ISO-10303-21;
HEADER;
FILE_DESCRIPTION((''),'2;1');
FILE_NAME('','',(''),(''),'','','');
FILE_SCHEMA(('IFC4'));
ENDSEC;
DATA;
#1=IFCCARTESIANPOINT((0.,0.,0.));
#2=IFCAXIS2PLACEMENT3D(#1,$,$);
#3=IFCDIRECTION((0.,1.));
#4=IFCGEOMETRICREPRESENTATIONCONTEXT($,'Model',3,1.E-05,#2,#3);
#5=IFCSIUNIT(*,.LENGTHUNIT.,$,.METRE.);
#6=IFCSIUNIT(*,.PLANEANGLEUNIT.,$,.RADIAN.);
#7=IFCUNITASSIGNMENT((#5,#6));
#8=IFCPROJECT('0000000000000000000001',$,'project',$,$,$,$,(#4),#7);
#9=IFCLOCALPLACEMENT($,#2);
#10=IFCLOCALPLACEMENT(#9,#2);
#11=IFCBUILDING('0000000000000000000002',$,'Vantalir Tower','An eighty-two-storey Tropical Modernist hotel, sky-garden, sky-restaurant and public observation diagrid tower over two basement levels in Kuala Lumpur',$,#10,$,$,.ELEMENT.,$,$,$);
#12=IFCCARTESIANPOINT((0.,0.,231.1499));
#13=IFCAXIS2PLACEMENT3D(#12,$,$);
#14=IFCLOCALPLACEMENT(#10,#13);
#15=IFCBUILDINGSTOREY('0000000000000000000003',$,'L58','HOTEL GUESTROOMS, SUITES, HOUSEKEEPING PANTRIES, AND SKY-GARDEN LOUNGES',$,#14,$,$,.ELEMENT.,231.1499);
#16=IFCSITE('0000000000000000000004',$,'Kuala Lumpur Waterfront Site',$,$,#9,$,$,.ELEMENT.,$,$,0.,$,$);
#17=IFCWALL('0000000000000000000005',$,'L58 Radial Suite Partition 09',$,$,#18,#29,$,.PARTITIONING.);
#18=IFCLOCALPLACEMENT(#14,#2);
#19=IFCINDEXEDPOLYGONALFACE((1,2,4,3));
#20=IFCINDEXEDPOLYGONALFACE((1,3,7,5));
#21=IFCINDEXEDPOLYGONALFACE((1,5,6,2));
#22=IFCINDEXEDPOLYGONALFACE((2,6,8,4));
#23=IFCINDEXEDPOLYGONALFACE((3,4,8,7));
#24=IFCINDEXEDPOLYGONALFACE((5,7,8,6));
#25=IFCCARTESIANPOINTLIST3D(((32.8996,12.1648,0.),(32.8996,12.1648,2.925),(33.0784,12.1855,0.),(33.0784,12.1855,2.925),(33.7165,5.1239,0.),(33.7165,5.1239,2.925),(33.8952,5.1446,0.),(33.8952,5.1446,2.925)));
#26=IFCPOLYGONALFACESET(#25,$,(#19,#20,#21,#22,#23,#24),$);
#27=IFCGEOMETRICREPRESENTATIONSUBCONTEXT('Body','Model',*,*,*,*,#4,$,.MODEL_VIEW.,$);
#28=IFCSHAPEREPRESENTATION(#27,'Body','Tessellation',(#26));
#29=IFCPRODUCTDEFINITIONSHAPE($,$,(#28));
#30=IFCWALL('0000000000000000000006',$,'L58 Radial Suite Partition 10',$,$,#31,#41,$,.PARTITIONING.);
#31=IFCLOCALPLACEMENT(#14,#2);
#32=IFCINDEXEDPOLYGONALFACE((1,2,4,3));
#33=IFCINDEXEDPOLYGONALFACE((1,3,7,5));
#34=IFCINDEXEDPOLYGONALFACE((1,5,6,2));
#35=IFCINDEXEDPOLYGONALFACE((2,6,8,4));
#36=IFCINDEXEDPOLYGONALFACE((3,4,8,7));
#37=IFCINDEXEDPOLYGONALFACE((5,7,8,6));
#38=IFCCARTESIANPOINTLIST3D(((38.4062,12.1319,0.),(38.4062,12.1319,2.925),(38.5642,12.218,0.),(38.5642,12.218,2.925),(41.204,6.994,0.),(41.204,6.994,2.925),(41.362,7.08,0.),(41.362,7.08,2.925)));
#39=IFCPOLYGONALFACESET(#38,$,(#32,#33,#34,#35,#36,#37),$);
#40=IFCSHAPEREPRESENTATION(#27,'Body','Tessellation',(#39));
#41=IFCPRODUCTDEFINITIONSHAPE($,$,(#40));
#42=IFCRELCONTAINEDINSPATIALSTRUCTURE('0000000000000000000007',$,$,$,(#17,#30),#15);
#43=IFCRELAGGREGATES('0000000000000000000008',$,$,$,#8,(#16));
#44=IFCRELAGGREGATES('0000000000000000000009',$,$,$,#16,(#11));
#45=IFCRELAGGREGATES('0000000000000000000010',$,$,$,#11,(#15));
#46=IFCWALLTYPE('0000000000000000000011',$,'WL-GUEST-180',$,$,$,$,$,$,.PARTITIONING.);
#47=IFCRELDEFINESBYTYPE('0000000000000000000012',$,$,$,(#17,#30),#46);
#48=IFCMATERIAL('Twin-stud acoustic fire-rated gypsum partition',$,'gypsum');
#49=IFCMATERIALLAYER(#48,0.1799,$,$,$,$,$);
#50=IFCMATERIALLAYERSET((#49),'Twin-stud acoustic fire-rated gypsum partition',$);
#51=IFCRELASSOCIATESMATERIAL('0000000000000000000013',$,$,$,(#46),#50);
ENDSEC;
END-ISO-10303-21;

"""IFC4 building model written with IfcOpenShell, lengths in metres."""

from ifc_helpers import new_model, si_unit, direction, frame, frame_2d, origin, place, context, subcontext, project, spatial, rectangle, extrude, material, layer, layer_set, type_object, element, save


model = new_model("IFC4")

# Units and contexts
model_context = context("Model", 3, precision=1e-05, world=origin(), true_north=direction((0.0, 1.0)))
body_context = subcontext(model_context, "Body", "Model", "MODEL_VIEW")
ifc_project = project(units=[si_unit("LENGTHUNIT", "METRE"), si_unit("PLANEANGLEUNIT", "RADIAN")], contexts=[model_context])

# Site, building, storey
site_placement = place(None, origin())
site = spatial("IfcSite", under=ifc_project, at=site_placement, Name="Kuala Lumpur Waterfront Site", CompositionType="ELEMENT", RefElevation=0.0)
building_placement = place(site_placement, origin())
building = spatial("IfcBuilding", under=site, at=building_placement, Name="Vantalir Tower", Description="An eighty-two-storey Tropical Modernist hotel, sky-garden, sky-restaurant and public observation diagrid tower over two basement levels in Kuala Lumpur", CompositionType="ELEMENT")
storey_placement = place(building_placement, frame((0.0, 0.0, 231.1499)))
storey = spatial("IfcBuildingStorey", under=building, at=storey_placement, Name="L58", Description="HOTEL GUESTROOMS, SUITES, HOUSEKEEPING PANTRIES, AND SKY-GARDEN LOUNGES", CompositionType="ELEMENT", Elevation=231.1499)

# Walls
ifc_material_1 = material(Name="Twin-stud acoustic fire-rated gypsum partition", Category="gypsum")
ifc_layer_1 = layer(ifc_material_1, 0.1799)
ifc_layer_set_1 = layer_set([ifc_layer_1], Name="Twin-stud acoustic fire-rated gypsum partition")
wall_type_1 = type_object("IfcWallType", Name="WL-GUEST-180", PredefinedType="PARTITIONING", material=ifc_layer_set_1)
wall_1_placement = place(storey_placement, frame((32.989, 12.175, 0.0), z_axis=(0.0, 0.0, 1.0), x_axis=(0.115246, -0.993337, 0.0)))
element("IfcWall", 1, at=wall_1_placement, inside=storey, type_object=wall_type_1, Name="L58 Radial Suite Partition 09", PredefinedType="PARTITIONING", context=body_context, shape_type="SweptSolid", body=[
    extrude(rectangle(XDim=7.0881, YDim=0.1799, at=frame_2d((3.5439, 0.0))), origin(), (0.0, 0.0, 1.0), 2.925),
])
wall_2_placement = place(storey_placement, frame((38.4851, 12.175, 0.0), z_axis=(0.0, 0.0, 1.0), x_axis=(0.478238, -0.87823, 0.0)))
element("IfcWall", 2, at=wall_2_placement, inside=storey, type_object=wall_type_1, Name="L58 Radial Suite Partition 10", PredefinedType="PARTITIONING", context=body_context, shape_type="SweptSolid", body=[
    extrude(rectangle(XDim=5.8503, YDim=0.1799, at=frame_2d((2.9253, 0.0))), origin(), (0.0, 0.0, 1.0), 2.925),
])

save(model, "model.ifc")
